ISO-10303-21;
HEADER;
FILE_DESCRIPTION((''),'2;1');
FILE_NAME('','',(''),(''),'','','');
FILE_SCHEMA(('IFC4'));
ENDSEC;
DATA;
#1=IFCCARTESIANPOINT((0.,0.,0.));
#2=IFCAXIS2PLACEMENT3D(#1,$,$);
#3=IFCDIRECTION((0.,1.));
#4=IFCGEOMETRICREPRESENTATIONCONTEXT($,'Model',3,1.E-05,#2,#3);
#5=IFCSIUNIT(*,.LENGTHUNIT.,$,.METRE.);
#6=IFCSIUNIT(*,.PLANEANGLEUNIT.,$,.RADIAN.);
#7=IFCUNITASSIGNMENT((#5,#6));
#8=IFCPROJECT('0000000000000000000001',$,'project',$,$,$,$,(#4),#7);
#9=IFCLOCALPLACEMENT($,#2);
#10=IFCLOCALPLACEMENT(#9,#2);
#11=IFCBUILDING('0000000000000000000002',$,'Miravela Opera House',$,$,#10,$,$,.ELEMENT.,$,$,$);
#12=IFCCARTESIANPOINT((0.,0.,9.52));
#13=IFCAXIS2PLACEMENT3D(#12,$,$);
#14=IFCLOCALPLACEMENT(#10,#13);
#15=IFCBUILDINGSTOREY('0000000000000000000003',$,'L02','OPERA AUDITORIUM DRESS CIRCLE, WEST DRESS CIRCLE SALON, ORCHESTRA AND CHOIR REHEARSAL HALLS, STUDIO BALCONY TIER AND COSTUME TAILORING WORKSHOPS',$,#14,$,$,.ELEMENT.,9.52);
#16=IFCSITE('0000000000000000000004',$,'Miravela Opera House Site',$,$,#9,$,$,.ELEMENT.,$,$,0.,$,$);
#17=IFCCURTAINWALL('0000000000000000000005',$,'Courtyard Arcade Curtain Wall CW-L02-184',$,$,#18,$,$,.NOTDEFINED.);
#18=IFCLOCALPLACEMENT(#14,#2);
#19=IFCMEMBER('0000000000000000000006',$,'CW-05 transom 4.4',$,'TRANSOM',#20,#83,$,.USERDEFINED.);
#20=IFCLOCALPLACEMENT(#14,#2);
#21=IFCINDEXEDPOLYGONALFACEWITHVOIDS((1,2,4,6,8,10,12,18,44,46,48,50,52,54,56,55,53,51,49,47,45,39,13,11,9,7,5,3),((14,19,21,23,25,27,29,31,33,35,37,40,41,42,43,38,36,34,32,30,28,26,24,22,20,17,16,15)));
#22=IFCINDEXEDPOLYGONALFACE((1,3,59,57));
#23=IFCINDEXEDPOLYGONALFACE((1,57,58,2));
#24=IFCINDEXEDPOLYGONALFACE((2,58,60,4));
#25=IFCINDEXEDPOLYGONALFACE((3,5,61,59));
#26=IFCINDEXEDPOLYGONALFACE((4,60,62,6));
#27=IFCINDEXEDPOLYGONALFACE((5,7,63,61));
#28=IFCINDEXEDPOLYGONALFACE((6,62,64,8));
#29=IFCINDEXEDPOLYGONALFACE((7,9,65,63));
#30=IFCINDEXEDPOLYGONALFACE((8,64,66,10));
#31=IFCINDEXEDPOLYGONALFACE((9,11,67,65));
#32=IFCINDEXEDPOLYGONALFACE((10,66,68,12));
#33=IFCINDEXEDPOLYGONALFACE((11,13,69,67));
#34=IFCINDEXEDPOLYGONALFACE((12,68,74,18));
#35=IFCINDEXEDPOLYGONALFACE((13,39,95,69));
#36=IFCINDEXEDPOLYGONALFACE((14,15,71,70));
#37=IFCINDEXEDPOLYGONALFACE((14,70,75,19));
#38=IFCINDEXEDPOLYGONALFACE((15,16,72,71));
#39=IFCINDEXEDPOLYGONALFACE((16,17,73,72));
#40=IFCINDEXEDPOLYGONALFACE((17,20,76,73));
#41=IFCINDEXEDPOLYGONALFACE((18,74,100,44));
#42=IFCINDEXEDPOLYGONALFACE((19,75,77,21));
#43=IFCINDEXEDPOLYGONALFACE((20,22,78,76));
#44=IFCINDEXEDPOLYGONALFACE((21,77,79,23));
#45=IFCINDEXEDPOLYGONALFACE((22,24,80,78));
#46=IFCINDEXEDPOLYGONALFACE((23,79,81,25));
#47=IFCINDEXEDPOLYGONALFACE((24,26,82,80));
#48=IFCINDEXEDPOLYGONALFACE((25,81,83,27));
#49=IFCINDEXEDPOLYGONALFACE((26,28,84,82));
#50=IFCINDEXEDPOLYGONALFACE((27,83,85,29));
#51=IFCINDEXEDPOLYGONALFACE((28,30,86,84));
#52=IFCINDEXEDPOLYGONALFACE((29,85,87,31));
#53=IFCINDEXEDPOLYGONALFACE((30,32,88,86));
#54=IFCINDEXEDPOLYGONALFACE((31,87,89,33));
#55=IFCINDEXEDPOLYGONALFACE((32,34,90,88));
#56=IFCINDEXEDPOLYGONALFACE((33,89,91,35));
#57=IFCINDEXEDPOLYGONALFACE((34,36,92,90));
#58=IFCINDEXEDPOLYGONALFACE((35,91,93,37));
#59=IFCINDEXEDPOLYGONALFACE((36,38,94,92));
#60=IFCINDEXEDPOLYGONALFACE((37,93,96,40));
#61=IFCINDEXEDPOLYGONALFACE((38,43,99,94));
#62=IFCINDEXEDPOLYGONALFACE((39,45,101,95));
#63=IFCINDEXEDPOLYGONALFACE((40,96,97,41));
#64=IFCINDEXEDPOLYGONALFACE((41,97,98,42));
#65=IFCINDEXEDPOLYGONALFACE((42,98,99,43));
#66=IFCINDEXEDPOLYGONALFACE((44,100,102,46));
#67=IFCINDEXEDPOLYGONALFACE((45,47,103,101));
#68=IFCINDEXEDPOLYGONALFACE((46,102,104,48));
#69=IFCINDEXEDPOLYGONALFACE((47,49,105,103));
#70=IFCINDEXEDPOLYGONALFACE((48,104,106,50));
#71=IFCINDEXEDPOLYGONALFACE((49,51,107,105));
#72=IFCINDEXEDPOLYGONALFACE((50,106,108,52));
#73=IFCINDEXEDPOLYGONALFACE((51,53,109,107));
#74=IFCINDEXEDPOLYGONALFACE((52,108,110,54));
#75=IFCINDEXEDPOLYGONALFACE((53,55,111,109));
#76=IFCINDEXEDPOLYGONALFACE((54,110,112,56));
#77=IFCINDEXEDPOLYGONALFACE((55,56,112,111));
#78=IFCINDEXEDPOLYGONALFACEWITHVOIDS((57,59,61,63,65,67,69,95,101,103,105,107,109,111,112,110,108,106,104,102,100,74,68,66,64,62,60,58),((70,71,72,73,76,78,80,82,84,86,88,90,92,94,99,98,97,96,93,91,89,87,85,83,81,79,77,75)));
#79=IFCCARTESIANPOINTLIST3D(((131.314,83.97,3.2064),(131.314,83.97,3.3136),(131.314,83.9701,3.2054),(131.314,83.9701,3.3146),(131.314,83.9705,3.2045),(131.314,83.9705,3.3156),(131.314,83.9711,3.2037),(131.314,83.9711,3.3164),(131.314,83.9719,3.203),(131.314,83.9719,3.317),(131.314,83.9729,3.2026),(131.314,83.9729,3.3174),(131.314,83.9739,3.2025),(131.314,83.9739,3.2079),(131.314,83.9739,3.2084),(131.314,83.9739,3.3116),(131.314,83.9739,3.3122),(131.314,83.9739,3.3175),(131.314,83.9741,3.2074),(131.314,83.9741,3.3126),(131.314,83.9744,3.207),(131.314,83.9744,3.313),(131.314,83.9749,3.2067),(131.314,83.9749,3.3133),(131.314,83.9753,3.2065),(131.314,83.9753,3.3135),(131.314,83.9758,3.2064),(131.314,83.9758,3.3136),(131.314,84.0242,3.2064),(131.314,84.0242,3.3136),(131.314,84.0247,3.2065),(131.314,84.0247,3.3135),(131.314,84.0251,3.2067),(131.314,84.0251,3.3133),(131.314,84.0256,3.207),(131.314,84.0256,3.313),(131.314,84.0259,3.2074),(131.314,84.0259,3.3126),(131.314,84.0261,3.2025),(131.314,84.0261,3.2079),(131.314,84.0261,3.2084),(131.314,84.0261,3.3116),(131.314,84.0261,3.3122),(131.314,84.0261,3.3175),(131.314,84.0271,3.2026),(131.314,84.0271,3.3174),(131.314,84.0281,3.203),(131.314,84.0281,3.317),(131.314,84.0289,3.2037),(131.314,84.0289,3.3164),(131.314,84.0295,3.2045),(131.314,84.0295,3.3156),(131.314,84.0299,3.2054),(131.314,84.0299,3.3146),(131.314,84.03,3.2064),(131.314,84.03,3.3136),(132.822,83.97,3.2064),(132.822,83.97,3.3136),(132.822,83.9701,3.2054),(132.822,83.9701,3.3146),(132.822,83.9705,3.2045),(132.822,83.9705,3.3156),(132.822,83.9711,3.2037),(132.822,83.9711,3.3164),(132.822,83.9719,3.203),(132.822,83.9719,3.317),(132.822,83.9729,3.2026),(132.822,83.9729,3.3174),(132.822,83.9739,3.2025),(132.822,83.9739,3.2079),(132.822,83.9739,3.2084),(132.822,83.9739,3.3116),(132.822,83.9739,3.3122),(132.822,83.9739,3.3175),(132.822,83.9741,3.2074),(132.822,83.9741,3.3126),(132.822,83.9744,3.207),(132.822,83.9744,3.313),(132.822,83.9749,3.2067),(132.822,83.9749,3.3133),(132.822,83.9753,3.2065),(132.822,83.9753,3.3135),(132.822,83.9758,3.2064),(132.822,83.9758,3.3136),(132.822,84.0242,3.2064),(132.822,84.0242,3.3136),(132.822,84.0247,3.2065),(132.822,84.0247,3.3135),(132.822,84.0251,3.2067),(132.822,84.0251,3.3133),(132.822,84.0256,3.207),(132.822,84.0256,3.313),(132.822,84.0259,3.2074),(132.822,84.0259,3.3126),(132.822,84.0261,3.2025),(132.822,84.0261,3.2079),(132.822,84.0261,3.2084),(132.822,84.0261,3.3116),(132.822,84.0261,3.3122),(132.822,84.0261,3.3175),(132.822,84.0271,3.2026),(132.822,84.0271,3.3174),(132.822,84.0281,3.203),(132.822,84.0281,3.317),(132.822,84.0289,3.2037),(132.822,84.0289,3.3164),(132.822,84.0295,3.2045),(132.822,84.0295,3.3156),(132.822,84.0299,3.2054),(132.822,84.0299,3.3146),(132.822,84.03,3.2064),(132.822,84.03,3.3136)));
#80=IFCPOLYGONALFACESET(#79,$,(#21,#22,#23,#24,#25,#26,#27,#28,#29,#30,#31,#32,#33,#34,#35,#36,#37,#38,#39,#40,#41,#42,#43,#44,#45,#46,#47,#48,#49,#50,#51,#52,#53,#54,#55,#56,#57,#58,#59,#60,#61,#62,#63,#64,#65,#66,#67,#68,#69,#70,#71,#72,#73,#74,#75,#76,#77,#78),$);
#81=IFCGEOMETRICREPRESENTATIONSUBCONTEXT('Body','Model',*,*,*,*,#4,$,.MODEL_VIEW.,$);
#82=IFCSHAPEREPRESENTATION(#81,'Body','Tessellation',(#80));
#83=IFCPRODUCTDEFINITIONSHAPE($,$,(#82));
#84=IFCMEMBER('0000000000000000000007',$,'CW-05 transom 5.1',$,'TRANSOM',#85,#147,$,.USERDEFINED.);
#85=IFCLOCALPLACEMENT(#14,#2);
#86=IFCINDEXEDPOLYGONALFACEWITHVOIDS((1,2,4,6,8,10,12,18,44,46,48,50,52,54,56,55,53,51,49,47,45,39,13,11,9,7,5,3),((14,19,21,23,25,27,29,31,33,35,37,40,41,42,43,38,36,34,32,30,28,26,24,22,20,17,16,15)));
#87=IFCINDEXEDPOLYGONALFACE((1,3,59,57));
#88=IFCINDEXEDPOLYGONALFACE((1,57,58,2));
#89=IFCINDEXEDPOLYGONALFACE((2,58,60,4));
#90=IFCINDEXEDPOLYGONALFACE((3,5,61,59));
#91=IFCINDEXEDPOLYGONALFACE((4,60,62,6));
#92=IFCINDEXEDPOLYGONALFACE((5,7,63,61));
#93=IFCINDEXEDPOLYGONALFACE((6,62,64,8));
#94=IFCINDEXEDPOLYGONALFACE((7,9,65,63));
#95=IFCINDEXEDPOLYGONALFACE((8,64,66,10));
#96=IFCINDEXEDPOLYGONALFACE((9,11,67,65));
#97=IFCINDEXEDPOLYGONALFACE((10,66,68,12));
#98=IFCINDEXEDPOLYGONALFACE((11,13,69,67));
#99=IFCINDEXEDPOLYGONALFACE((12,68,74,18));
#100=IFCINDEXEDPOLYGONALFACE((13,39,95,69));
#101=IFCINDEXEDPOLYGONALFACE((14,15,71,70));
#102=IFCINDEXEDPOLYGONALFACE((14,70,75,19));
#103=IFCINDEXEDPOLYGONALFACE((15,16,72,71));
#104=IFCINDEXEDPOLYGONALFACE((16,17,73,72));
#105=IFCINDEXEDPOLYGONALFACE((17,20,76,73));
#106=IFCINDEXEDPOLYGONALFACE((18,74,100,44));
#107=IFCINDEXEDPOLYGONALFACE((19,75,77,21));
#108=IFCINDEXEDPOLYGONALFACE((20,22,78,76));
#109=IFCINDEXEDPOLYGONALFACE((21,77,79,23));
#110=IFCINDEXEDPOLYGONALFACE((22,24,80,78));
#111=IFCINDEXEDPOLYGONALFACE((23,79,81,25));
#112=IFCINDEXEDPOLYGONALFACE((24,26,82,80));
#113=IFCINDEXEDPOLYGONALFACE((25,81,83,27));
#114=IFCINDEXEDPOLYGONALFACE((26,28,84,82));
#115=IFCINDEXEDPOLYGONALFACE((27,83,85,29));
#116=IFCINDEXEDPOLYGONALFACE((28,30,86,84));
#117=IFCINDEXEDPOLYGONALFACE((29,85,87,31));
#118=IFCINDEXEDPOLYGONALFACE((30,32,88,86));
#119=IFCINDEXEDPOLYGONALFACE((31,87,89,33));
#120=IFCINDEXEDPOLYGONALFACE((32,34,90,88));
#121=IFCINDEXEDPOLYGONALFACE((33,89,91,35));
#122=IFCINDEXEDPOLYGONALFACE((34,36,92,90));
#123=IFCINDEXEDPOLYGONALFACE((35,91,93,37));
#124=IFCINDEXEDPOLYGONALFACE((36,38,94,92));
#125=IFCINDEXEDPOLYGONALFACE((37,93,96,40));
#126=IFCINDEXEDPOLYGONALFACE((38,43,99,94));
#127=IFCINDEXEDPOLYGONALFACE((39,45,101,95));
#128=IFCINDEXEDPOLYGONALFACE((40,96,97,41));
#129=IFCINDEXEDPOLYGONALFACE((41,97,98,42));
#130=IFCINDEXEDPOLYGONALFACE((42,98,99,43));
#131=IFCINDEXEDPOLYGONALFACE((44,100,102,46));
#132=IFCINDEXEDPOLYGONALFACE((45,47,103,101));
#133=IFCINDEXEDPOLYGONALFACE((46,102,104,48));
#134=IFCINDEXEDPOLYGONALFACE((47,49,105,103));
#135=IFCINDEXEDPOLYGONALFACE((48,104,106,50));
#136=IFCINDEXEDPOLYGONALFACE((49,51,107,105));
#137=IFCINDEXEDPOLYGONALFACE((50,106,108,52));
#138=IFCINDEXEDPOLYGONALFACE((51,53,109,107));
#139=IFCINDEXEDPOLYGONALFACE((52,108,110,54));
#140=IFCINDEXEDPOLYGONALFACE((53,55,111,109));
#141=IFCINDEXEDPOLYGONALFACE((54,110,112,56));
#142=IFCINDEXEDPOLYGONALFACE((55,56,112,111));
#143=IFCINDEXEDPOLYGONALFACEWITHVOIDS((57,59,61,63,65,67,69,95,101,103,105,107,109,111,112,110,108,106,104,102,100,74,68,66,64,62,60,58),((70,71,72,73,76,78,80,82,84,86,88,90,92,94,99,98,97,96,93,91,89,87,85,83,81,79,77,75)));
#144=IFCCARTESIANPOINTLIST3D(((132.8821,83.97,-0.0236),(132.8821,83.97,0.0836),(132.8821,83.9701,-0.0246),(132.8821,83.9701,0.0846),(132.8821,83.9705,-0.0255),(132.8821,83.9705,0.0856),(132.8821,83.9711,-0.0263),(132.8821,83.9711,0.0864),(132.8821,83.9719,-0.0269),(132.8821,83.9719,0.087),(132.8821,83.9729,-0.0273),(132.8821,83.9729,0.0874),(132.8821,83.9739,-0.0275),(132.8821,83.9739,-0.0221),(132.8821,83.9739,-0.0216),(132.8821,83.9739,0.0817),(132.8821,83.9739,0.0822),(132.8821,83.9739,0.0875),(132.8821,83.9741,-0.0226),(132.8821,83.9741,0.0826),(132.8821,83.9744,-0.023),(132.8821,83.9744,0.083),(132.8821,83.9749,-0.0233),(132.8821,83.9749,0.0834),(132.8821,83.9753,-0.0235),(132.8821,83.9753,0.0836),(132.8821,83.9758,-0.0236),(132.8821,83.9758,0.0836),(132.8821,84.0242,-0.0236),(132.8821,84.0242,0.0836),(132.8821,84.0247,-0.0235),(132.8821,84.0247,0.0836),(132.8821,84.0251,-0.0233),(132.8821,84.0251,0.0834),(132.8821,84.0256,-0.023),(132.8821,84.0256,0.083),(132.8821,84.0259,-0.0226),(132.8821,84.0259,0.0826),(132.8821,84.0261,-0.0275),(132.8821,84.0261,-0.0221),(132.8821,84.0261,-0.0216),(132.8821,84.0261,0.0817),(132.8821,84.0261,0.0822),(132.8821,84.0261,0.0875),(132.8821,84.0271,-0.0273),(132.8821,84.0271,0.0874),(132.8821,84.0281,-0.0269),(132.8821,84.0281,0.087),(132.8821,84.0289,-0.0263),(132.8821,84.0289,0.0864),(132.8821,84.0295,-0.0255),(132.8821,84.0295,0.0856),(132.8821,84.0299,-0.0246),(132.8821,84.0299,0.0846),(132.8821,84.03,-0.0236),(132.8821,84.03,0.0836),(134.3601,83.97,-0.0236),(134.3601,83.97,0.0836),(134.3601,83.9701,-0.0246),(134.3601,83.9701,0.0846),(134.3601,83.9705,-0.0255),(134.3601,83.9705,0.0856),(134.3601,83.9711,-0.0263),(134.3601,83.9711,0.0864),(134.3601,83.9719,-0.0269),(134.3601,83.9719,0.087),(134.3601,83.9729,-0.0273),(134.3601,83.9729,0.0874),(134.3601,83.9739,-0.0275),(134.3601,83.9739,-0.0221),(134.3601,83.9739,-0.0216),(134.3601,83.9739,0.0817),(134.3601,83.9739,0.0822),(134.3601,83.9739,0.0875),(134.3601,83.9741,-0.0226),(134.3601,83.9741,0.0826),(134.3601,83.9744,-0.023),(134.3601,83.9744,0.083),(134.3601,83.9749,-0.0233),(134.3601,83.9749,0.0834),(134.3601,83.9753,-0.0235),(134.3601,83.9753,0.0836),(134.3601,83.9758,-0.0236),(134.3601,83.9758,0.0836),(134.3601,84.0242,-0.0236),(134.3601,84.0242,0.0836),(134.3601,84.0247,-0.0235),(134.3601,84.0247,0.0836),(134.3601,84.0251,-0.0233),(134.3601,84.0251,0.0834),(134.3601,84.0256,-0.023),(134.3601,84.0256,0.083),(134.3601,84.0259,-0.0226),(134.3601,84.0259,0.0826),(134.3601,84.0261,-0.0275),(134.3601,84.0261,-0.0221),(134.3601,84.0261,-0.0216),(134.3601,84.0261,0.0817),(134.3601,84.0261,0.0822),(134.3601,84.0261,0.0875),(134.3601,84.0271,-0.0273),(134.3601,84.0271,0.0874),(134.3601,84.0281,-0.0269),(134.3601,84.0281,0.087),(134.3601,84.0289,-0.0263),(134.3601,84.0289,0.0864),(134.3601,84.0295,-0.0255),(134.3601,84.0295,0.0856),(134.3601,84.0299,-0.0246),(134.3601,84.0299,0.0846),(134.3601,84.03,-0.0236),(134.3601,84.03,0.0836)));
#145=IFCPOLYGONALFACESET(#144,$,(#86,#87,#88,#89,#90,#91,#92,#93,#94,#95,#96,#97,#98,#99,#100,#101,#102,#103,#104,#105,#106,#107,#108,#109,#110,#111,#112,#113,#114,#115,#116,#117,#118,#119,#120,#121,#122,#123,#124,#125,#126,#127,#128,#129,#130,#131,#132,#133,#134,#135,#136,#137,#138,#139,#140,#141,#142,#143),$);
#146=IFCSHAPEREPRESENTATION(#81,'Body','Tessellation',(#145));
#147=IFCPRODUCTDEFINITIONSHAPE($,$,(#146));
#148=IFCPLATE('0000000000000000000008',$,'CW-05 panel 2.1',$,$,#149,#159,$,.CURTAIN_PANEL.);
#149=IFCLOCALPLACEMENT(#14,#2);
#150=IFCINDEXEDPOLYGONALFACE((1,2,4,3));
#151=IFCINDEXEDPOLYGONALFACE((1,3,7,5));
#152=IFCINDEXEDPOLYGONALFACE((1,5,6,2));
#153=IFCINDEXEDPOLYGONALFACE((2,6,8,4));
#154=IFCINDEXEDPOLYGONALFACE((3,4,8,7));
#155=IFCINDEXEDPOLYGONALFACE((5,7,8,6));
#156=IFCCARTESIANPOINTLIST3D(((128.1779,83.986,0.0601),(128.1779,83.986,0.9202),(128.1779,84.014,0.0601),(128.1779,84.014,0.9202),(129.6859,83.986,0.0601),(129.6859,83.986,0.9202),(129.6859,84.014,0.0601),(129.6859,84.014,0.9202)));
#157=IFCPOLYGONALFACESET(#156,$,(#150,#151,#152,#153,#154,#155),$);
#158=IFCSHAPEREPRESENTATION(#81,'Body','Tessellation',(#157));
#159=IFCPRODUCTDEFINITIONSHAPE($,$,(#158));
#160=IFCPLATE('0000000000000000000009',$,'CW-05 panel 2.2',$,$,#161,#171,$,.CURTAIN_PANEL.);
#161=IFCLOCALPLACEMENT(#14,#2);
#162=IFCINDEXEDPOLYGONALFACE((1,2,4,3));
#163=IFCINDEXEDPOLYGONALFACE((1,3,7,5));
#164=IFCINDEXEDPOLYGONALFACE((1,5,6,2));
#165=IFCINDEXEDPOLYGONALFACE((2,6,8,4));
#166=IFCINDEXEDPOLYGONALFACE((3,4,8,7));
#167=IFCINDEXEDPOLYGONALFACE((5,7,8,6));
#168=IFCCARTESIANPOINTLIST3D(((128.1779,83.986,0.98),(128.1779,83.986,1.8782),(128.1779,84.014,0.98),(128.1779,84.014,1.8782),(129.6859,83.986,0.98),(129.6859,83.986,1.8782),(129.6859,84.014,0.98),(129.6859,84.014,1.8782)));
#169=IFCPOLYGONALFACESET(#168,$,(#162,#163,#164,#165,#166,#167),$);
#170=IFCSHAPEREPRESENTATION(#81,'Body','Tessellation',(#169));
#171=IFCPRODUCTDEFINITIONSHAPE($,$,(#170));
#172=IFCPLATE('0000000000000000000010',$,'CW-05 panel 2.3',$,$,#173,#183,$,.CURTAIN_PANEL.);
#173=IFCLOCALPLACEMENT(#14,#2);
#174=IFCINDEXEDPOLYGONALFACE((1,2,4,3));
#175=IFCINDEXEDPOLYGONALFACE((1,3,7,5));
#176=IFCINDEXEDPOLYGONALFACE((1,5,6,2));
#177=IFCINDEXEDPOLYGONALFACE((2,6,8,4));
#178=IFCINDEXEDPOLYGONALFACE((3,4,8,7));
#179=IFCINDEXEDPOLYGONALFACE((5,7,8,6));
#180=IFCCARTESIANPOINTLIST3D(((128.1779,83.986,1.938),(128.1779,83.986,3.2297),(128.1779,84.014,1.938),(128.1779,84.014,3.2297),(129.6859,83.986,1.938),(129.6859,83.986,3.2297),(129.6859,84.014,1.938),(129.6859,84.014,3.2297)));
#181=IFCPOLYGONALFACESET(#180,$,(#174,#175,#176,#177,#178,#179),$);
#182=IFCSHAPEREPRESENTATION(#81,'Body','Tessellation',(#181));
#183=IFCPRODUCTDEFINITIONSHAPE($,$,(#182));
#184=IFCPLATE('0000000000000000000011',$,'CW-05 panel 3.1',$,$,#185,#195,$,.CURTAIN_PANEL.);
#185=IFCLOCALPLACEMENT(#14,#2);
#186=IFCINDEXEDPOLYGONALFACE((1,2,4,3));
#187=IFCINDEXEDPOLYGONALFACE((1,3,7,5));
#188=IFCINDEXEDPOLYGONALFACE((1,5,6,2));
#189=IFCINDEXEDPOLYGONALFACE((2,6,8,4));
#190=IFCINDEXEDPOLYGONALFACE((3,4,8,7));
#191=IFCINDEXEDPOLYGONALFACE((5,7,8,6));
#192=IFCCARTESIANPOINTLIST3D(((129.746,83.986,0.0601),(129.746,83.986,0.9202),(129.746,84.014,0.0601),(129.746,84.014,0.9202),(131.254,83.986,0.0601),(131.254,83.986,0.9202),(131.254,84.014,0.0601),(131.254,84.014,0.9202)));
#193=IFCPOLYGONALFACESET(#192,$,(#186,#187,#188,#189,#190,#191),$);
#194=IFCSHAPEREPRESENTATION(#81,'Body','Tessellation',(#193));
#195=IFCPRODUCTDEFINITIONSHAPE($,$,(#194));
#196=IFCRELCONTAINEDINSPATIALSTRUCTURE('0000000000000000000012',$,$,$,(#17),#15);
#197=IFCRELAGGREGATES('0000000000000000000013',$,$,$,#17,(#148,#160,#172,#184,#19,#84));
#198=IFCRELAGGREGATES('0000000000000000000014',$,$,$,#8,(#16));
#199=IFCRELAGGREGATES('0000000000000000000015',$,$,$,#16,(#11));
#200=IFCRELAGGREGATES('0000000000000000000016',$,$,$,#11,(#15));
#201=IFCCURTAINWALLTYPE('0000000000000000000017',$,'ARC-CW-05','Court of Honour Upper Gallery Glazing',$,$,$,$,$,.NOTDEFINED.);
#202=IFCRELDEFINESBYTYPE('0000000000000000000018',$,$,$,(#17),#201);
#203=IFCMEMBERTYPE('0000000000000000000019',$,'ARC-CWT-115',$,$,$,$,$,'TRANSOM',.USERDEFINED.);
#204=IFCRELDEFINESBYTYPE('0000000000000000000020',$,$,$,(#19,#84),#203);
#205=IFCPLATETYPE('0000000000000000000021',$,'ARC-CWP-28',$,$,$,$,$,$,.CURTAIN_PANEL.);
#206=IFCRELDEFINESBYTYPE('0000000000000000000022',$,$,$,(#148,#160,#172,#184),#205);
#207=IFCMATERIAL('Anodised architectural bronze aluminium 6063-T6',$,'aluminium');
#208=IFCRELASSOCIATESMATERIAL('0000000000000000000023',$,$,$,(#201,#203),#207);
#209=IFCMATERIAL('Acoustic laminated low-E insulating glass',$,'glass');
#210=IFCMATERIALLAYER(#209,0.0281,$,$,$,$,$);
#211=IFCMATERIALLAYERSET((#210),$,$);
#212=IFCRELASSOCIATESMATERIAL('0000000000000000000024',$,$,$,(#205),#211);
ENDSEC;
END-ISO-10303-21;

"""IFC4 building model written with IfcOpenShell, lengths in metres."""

from ifc_helpers import new_model, si_unit, direction, frame, origin, origin_2d, place, context, subcontext, project, spatial, rectangle, hollow_rectangle, extrude, material, layer, layer_set, material_profile, profile_set, type_object, element, aggregate, save


model = new_model("IFC4")

# Units and contexts
model_context = context("Model", 3, precision=1e-05, world=origin(), true_north=direction((0.0, 1.0)))
body_context = subcontext(model_context, "Body", "Model", "MODEL_VIEW")
ifc_project = project(units=[si_unit("LENGTHUNIT", "METRE"), si_unit("PLANEANGLEUNIT", "RADIAN")], contexts=[model_context])

# Site, building, storey
site_placement = place(None, origin())
site = spatial("IfcSite", under=ifc_project, at=site_placement, Name="Miravela Opera House Site", CompositionType="ELEMENT", RefElevation=0.0)
building_placement = place(site_placement, origin())
building = spatial("IfcBuilding", under=site, at=building_placement, Name="Miravela Opera House", CompositionType="ELEMENT")
storey_placement = place(building_placement, frame((0.0, 0.0, 9.52)))
storey = spatial("IfcBuildingStorey", under=building, at=storey_placement, Name="L02", Description="OPERA AUDITORIUM DRESS CIRCLE, WEST DRESS CIRCLE SALON, ORCHESTRA AND CHOIR REHEARSAL HALLS, STUDIO BALCONY TIER AND COSTUME TAILORING WORKSHOPS", CompositionType="ELEMENT", Elevation=9.52)

# Curtain wall, members, plates
ifc_material_1 = material(Name="Anodised architectural bronze aluminium 6063-T6", Category="aluminium")
curtain_wall_type = type_object("IfcCurtainWallType", Name="ARC-CW-05", Description="Court of Honour Upper Gallery Glazing", PredefinedType="NOTDEFINED", material=ifc_material_1)
curtain_wall_placement = place(storey_placement, origin())
curtain_wall = element("IfcCurtainWall", 1, at=curtain_wall_placement, inside=storey, type_object=curtain_wall_type, Name="Courtyard Arcade Curtain Wall CW-L02-184", PredefinedType="NOTDEFINED")
ifc_material_profile_1 = material_profile(ifc_material_1, hollow_rectangle(XDim=0.0601, YDim=0.115, WallThickness=0.0039, InnerFilletRadius=0.002, OuterFilletRadius=0.0039, at=origin_2d()), Name="CWT-60X115")
ifc_profile_set_1 = profile_set([ifc_material_profile_1])
member_type_1 = type_object("IfcMemberType", Name="ARC-CWT-115", ElementType="TRANSOM", PredefinedType="USERDEFINED", material=ifc_profile_set_1)
member_1_placement = place(storey_placement, frame((131.314, 84.0, 3.26), z_axis=(1.0, 0.0, 0.0), x_axis=(0.0, 1.0, 0.0)))
member_1 = element("IfcMember", 2, at=member_1_placement, type_object=member_type_1, Name="CW-05 transom 4.4", ObjectType="TRANSOM", PredefinedType="USERDEFINED", context=body_context, shape_type="SweptSolid", body=[
    extrude(hollow_rectangle(XDim=0.0601, YDim=0.115, WallThickness=0.0039, InnerFilletRadius=0.002, OuterFilletRadius=0.0039, at=origin_2d()), origin(), (0.0, 0.0, 1.0), 1.5081),
])
member_2_placement = place(storey_placement, frame((132.8821, 84.0, 0.03), z_axis=(1.0, 0.0, 0.0), x_axis=(0.0, 1.0, 0.0)))
member_2 = element("IfcMember", 3, at=member_2_placement, type_object=member_type_1, Name="CW-05 transom 5.1", ObjectType="TRANSOM", PredefinedType="USERDEFINED", context=body_context, shape_type="SweptSolid", body=[
    extrude(hollow_rectangle(XDim=0.0601, YDim=0.115, WallThickness=0.0039, InnerFilletRadius=0.002, OuterFilletRadius=0.0039, at=origin_2d()), origin(), (0.0, 0.0, 1.0), 1.478),
])
ifc_material_2 = material(Name="Acoustic laminated low-E insulating glass", Category="glass")
ifc_layer = layer(ifc_material_2, 0.0281)
ifc_layer_set = layer_set([ifc_layer])
plate_type = type_object("IfcPlateType", Name="ARC-CWP-28", PredefinedType="CURTAIN_PANEL", material=ifc_layer_set)
plate_1_placement = place(storey_placement, frame((128.9319, 84.0, 0.0601), z_axis=(0.0, 0.0, 1.0), x_axis=(1.0, 0.0, 0.0)))
plate_1 = element("IfcPlate", 4, at=plate_1_placement, type_object=plate_type, Name="CW-05 panel 2.1", PredefinedType="CURTAIN_PANEL", context=body_context, shape_type="SweptSolid", body=[
    extrude(rectangle(XDim=1.5081, YDim=0.0281, at=origin_2d()), origin(), (0.0, 0.0, 1.0), 0.8601),
])
plate_2_placement = place(storey_placement, frame((128.9319, 84.0, 0.98), z_axis=(0.0, 0.0, 1.0), x_axis=(1.0, 0.0, 0.0)))
plate_2 = element("IfcPlate", 5, at=plate_2_placement, type_object=plate_type, Name="CW-05 panel 2.2", PredefinedType="CURTAIN_PANEL", context=body_context, shape_type="SweptSolid", body=[
    extrude(rectangle(XDim=1.5081, YDim=0.0281, at=origin_2d()), origin(), (0.0, 0.0, 1.0), 0.8982),
])
plate_3_placement = place(storey_placement, frame((128.9319, 84.0, 1.938), z_axis=(0.0, 0.0, 1.0), x_axis=(1.0, 0.0, 0.0)))
plate_3 = element("IfcPlate", 6, at=plate_3_placement, type_object=plate_type, Name="CW-05 panel 2.3", PredefinedType="CURTAIN_PANEL", context=body_context, shape_type="SweptSolid", body=[
    extrude(rectangle(XDim=1.5081, YDim=0.0281, at=origin_2d()), origin(), (0.0, 0.0, 1.0), 1.2917),
])
plate_4_placement = place(storey_placement, frame((130.5, 84.0, 0.0601), z_axis=(0.0, 0.0, 1.0), x_axis=(1.0, 0.0, 0.0)))
plate_4 = element("IfcPlate", 7, at=plate_4_placement, type_object=plate_type, Name="CW-05 panel 3.1", PredefinedType="CURTAIN_PANEL", context=body_context, shape_type="SweptSolid", body=[
    extrude(rectangle(XDim=1.5081, YDim=0.0281, at=origin_2d()), origin(), (0.0, 0.0, 1.0), 0.8601),
])
aggregate(curtain_wall, [plate_1, plate_2, plate_3, plate_4, member_1, member_2])

save(model, "model.ifc")
